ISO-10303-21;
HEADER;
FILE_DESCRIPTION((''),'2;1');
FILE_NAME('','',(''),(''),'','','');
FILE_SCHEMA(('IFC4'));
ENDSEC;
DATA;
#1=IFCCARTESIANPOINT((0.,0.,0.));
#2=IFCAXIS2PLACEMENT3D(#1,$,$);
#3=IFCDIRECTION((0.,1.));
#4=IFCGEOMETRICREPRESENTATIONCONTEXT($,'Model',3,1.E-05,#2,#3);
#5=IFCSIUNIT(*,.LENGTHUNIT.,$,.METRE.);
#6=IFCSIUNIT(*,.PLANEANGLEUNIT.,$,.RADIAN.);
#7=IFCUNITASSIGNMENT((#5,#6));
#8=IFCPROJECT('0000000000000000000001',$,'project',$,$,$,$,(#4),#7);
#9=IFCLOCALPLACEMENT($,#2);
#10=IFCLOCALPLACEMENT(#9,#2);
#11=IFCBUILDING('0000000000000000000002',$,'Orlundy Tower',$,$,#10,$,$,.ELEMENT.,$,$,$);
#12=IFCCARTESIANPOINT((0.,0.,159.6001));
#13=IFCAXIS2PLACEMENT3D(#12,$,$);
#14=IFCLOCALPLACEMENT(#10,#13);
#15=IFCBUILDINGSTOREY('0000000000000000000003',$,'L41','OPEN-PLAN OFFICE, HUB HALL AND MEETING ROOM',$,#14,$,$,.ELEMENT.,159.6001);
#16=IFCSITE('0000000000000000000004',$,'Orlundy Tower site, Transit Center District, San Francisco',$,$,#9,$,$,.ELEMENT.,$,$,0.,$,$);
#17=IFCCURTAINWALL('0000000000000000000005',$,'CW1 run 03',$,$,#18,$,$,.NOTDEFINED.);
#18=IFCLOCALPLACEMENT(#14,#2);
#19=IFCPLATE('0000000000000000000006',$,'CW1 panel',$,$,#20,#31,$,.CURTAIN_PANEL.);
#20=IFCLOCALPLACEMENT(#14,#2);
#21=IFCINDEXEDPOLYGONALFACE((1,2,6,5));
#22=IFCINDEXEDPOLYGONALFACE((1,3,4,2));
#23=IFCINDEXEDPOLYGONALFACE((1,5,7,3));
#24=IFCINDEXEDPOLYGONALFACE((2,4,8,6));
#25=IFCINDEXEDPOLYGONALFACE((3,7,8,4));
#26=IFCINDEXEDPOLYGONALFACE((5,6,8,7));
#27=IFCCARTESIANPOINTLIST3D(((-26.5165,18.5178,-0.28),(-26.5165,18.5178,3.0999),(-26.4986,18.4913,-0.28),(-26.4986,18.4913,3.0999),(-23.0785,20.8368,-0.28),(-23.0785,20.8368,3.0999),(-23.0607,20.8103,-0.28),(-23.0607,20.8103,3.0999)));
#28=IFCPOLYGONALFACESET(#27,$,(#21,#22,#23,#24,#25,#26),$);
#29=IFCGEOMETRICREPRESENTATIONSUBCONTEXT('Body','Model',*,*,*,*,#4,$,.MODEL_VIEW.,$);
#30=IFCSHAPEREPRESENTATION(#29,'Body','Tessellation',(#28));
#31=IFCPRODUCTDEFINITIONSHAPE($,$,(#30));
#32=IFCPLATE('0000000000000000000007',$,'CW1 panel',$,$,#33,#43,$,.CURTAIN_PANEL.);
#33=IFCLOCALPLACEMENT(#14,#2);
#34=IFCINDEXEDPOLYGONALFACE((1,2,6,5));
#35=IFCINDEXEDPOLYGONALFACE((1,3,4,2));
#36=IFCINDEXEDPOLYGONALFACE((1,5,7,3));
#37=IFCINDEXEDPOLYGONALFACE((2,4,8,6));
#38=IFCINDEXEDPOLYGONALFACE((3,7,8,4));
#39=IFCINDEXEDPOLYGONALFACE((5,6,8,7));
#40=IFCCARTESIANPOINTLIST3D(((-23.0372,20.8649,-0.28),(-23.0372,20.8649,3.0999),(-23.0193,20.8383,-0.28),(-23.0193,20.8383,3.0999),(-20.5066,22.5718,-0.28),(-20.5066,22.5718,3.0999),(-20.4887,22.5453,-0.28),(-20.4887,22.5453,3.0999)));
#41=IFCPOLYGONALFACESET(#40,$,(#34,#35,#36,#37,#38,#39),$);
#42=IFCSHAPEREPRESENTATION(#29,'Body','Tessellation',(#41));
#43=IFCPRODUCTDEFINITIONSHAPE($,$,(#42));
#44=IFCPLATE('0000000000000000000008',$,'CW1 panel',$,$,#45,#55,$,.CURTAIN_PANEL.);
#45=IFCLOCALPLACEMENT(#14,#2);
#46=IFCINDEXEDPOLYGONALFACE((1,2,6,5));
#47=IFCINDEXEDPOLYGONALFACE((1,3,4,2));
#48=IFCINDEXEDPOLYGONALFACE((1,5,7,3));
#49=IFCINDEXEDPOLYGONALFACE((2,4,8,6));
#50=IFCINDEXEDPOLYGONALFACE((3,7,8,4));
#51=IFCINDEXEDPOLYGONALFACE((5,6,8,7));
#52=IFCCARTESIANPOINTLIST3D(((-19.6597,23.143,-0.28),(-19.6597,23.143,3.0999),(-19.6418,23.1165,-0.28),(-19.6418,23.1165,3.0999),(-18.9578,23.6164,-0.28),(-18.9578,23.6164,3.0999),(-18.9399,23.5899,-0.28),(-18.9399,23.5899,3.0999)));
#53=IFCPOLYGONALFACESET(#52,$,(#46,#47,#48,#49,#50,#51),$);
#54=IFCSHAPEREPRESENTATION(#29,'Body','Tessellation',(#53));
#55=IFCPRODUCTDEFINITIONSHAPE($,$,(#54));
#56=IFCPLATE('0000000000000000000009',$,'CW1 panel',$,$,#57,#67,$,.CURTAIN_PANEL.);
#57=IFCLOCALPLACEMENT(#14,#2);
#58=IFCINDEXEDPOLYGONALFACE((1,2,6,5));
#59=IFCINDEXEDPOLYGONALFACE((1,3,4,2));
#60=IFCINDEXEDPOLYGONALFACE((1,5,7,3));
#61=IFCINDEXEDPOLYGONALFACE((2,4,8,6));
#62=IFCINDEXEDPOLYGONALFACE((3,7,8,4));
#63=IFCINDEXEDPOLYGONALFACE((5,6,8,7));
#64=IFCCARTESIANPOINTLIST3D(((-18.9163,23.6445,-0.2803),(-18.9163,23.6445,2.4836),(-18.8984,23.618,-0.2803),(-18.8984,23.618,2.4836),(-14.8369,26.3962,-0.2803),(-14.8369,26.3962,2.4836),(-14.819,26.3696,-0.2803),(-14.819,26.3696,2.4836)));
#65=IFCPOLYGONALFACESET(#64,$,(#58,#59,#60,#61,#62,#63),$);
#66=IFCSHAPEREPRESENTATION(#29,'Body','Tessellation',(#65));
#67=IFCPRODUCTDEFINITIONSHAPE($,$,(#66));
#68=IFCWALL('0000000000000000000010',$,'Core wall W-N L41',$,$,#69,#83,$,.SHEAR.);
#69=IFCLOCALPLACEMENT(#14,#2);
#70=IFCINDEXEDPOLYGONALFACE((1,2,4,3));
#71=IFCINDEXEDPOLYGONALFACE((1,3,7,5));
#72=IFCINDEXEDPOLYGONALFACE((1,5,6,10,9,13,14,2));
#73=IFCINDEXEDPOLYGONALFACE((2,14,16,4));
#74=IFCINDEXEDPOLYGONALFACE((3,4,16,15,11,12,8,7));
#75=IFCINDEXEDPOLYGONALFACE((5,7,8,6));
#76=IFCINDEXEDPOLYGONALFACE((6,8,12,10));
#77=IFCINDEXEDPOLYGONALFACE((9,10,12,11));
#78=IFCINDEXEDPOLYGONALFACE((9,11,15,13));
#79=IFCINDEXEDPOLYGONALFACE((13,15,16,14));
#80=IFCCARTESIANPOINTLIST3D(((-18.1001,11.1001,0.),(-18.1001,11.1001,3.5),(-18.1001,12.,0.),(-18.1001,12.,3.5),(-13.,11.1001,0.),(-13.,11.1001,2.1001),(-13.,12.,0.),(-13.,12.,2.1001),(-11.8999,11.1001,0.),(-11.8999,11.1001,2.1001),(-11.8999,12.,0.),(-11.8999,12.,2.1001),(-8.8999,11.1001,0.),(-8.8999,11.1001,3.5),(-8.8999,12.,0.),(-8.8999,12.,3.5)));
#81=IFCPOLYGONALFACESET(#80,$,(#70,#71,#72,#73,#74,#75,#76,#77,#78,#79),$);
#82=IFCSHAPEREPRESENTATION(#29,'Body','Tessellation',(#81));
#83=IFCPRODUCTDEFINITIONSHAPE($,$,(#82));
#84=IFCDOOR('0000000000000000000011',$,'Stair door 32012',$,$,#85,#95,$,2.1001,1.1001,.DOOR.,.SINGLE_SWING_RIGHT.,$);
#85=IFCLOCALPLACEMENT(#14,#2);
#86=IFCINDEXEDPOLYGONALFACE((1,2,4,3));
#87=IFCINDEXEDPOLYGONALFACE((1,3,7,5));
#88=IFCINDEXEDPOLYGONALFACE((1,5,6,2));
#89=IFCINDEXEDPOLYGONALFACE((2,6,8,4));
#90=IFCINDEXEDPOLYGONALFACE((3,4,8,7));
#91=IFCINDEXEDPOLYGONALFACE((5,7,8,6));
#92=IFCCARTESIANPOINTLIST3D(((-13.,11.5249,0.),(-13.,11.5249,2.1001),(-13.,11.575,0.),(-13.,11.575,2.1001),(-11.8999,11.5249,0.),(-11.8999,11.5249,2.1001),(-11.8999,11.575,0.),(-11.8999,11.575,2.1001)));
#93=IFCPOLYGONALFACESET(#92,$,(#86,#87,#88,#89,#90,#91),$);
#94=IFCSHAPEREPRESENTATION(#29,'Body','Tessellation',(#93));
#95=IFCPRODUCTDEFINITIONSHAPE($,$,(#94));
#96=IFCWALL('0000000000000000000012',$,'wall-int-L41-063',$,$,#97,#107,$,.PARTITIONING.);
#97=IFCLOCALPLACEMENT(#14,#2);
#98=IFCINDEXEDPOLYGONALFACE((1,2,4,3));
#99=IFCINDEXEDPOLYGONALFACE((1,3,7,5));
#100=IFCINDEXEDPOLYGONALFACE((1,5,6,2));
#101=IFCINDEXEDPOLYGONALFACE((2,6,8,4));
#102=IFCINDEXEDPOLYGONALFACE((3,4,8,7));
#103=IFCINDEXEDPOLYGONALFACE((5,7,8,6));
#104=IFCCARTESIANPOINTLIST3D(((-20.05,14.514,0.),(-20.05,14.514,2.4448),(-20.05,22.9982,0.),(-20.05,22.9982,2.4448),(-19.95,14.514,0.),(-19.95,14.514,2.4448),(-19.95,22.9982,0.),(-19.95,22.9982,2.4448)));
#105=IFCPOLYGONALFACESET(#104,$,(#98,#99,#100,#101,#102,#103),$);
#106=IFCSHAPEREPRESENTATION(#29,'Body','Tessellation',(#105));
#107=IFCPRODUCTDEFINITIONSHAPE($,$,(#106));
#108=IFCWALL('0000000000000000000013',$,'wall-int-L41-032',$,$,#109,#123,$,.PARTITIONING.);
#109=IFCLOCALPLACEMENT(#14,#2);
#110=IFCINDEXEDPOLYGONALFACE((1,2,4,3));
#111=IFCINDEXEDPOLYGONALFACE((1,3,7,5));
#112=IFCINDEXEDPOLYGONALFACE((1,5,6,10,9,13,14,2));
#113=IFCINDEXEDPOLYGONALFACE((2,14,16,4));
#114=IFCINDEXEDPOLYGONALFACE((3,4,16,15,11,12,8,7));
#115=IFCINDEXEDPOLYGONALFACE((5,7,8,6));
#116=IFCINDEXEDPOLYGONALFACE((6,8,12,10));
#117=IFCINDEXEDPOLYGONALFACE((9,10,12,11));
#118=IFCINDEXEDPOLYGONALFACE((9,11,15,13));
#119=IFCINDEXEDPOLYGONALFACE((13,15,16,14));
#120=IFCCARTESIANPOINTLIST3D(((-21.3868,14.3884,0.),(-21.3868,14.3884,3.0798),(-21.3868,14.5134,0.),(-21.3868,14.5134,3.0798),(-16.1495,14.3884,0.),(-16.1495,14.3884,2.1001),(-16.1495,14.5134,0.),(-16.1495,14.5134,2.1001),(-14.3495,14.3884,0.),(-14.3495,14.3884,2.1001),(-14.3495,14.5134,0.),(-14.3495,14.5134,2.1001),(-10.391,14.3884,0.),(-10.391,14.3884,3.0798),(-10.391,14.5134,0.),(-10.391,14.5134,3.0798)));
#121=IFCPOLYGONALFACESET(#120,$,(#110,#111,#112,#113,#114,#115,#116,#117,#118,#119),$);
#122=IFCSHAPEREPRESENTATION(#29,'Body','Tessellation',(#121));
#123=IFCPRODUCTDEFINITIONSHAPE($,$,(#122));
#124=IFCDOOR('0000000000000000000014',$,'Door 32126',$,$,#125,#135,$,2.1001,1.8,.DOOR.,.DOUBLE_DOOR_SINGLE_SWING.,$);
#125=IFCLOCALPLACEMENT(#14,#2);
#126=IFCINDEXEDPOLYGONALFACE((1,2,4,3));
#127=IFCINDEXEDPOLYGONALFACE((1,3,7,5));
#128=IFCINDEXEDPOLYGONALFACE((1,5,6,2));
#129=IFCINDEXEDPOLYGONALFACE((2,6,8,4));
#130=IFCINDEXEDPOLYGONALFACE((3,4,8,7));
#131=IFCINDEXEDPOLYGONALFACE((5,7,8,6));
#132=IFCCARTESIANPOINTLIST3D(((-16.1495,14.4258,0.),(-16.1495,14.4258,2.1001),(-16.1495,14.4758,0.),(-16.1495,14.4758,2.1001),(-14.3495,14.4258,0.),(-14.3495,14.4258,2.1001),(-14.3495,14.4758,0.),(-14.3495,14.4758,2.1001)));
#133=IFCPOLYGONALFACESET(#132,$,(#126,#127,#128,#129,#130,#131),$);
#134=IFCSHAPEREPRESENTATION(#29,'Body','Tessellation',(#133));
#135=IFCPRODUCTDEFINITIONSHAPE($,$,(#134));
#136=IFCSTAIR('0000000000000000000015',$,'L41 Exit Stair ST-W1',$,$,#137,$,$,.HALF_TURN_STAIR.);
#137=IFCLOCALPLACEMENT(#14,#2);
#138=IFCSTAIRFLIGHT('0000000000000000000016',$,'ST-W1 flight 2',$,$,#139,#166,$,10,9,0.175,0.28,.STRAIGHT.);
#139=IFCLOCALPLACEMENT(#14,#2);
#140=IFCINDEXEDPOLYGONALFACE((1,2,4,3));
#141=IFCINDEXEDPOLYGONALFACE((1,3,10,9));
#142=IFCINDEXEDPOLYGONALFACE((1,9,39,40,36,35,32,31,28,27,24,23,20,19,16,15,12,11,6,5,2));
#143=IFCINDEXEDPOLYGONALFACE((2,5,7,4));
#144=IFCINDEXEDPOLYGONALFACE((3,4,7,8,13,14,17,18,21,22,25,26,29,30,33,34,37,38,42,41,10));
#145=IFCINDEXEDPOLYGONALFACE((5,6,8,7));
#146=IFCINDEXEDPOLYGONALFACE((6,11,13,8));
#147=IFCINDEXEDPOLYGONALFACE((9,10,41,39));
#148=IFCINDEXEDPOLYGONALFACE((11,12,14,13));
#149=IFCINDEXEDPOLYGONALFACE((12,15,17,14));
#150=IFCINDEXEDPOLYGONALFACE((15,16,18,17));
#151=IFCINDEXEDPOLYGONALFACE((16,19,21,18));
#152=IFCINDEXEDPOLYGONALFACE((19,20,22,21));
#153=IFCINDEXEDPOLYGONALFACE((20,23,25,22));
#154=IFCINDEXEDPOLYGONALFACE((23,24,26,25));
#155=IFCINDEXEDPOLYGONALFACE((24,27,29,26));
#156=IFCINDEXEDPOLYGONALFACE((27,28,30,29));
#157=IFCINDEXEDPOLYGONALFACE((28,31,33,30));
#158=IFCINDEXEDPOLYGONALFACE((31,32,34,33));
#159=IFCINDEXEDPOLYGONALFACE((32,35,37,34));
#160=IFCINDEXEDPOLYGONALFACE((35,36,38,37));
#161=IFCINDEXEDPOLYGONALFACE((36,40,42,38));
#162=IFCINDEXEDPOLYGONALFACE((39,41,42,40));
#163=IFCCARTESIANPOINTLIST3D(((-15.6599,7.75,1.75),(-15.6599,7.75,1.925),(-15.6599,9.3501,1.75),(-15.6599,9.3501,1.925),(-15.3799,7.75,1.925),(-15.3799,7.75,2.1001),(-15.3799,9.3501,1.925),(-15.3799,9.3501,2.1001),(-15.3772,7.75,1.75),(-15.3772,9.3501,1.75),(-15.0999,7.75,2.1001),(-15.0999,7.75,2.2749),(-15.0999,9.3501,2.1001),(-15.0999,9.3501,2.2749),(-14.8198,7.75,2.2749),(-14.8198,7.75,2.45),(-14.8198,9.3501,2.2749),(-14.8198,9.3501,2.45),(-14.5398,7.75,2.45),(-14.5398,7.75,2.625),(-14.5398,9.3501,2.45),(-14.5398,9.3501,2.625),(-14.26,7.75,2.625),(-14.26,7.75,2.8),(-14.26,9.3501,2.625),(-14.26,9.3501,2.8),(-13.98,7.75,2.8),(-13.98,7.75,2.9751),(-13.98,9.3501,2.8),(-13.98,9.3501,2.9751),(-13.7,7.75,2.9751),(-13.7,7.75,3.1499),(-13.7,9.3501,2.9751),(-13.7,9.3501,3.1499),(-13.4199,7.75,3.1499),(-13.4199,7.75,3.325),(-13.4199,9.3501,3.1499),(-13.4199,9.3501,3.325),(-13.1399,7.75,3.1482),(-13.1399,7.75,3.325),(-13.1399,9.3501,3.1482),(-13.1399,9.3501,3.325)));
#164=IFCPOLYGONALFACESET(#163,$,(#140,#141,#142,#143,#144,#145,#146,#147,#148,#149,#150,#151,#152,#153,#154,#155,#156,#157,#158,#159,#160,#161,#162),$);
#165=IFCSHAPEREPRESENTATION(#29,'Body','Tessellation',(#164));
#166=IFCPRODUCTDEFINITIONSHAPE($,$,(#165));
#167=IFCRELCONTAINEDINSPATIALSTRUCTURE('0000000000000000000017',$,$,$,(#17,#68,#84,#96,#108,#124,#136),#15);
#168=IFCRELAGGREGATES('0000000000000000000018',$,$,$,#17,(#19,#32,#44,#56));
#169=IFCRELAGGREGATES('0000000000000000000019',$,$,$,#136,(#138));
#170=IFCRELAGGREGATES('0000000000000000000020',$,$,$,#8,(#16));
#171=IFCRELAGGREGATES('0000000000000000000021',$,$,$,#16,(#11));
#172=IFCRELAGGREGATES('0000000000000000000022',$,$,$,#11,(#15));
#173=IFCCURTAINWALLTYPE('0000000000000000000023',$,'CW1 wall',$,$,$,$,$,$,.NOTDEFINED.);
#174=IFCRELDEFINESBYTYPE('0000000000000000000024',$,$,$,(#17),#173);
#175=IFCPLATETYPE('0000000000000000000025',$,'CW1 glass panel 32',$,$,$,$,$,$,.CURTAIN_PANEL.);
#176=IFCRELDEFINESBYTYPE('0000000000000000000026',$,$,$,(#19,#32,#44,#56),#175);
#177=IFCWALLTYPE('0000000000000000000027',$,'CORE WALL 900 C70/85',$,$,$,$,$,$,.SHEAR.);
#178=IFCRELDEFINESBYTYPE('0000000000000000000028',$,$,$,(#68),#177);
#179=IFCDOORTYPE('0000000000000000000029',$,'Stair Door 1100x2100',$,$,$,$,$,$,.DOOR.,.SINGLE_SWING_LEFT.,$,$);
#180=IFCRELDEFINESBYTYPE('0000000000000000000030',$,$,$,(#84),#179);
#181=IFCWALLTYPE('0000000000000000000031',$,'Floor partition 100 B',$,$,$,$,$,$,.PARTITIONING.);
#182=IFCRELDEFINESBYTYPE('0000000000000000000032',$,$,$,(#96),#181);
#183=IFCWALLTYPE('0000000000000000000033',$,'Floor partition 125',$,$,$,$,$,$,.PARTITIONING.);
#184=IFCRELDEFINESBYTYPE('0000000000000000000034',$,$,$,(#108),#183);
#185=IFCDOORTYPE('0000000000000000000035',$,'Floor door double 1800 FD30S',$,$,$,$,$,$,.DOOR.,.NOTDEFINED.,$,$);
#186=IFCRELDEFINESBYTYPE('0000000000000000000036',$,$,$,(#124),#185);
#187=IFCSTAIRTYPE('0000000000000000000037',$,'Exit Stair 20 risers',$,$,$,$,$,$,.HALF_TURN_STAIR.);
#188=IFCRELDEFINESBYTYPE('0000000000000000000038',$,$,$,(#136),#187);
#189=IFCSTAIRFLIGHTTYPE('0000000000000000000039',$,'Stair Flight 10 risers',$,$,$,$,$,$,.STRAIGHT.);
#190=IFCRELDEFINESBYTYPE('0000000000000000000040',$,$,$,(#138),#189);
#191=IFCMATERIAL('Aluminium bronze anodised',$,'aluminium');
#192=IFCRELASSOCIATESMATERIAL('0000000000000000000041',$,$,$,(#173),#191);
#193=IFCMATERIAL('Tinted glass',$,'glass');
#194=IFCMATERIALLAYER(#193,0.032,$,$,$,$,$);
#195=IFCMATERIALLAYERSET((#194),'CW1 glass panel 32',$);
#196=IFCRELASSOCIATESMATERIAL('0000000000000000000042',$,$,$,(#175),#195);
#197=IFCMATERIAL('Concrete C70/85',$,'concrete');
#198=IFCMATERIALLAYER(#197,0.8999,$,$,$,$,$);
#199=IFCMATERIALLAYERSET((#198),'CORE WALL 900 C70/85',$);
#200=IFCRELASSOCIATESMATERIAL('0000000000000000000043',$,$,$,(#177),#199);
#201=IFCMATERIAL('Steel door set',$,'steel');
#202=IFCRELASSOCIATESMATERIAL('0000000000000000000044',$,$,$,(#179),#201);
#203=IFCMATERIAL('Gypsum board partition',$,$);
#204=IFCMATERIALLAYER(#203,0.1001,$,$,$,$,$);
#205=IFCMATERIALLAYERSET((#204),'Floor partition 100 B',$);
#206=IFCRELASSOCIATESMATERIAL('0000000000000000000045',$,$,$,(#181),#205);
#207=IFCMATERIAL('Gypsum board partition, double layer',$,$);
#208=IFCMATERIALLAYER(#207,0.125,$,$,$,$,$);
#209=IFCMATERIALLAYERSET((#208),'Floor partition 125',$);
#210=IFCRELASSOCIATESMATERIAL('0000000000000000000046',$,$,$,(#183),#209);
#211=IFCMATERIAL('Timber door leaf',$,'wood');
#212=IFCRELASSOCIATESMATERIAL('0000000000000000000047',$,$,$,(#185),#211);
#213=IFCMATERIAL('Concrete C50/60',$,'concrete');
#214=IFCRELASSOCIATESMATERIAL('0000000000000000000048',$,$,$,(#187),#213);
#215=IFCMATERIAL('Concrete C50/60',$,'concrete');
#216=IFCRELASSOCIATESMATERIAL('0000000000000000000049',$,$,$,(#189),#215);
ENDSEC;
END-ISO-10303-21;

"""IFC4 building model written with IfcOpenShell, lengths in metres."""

from ifc_helpers import new_model, si_unit, direction, frame, frame_2d, origin, origin_2d, place, context, subcontext, project, spatial, polyline, rectangle, outline, extrude, material, layer, layer_set, type_object, element, fill, aggregate, save


model = new_model("IFC4")

# Units and contexts
model_context = context("Model", 3, precision=1e-05, world=origin(), true_north=direction((0.0, 1.0)))
body_context = subcontext(model_context, "Body", "Model", "MODEL_VIEW")
ifc_project = project(units=[si_unit("LENGTHUNIT", "METRE"), si_unit("PLANEANGLEUNIT", "RADIAN")], contexts=[model_context])

# Site, building, storey
site_placement = place(None, origin())
site = spatial("IfcSite", under=ifc_project, at=site_placement, Name="Orlundy Tower site, Transit Center District, San Francisco", CompositionType="ELEMENT", RefElevation=0.0)
building_placement = place(site_placement, origin())
building = spatial("IfcBuilding", under=site, at=building_placement, Name="Orlundy Tower", CompositionType="ELEMENT")
storey_placement = place(building_placement, frame((0.0, 0.0, 159.6001)))
storey = spatial("IfcBuildingStorey", under=building, at=storey_placement, Name="L41", Description="OPEN-PLAN OFFICE, HUB HALL AND MEETING ROOM", CompositionType="ELEMENT", Elevation=159.6001)

# Curtain wall
ifc_material_1 = material(Name="Aluminium bronze anodised", Category="aluminium")
curtain_wall_type = type_object("IfcCurtainWallType", Name="CW1 wall", PredefinedType="NOTDEFINED", material=ifc_material_1)
curtain_wall_1_placement = place(storey_placement, origin())
curtain_wall_1 = element("IfcCurtainWall", 1, at=curtain_wall_1_placement, inside=storey, type_object=curtain_wall_type, Name="CW1 run 03", PredefinedType="NOTDEFINED")

# Plates
ifc_material_2 = material(Name="Tinted glass", Category="glass")
ifc_layer_1 = layer(ifc_material_2, 0.032)
ifc_layer_set_1 = layer_set([ifc_layer_1], Name="CW1 glass panel 32")
plate_type = type_object("IfcPlateType", Name="CW1 glass panel 32", PredefinedType="CURTAIN_PANEL", material=ifc_layer_set_1)
plate_1_placement = place(storey_placement, frame((-24.7886, 19.6641, -0.28), z_axis=(0.0, 0.0, 1.0), x_axis=(0.82903, 0.559205, 0.0)))
plate_1 = element("IfcPlate", 2, at=plate_1_placement, type_object=plate_type, Name="CW1 panel", PredefinedType="CURTAIN_PANEL", context=body_context, shape_type="SweptSolid", body=[
    extrude(rectangle(XDim=4.147, YDim=0.032, at=origin_2d()), origin(), (0.0, 0.0, 1.0), 3.3799),
])
plate_2_placement = place(storey_placement, frame((-21.7629, 21.7051, -0.28), z_axis=(0.0, 0.0, 1.0), x_axis=(0.82903, 0.559205, 0.0)))
plate_2 = element("IfcPlate", 3, at=plate_2_placement, type_object=plate_type, Name="CW1 panel", PredefinedType="CURTAIN_PANEL", context=body_context, shape_type="SweptSolid", body=[
    extrude(rectangle(XDim=3.0525, YDim=0.032, at=origin_2d()), origin(), (0.0, 0.0, 1.0), 3.3799),
])
plate_3_placement = place(storey_placement, frame((-19.2998, 23.3665, -0.28), z_axis=(0.0, 0.0, 1.0), x_axis=(0.82903, 0.559205, 0.0)))
plate_3 = element("IfcPlate", 4, at=plate_3_placement, type_object=plate_type, Name="CW1 panel", PredefinedType="CURTAIN_PANEL", context=body_context, shape_type="SweptSolid", body=[
    extrude(rectangle(XDim=0.8467, YDim=0.032, at=origin_2d()), origin(), (0.0, 0.0, 1.0), 3.3799),
])
plate_4_placement = place(storey_placement, frame((-16.8677, 25.0071, -0.2803), z_axis=(0.0, 0.0, 1.0), x_axis=(0.82903, 0.559205, 0.0)))
plate_4 = element("IfcPlate", 5, at=plate_4_placement, type_object=plate_type, Name="CW1 panel", PredefinedType="CURTAIN_PANEL", context=body_context, shape_type="SweptSolid", body=[
    extrude(rectangle(XDim=4.9207, YDim=0.032, at=origin_2d()), origin(), (0.0, 0.0, 1.0), 2.7639),
])
aggregate(curtain_wall_1, [plate_1, plate_2, plate_3, plate_4])

# Wall, opening, door
ifc_material_3 = material(Name="Concrete C70/85", Category="concrete")
ifc_layer_2 = layer(ifc_material_3, 0.8999)
ifc_layer_set_2 = layer_set([ifc_layer_2], Name="CORE WALL 900 C70/85")
wall_type_1 = type_object("IfcWallType", Name="CORE WALL 900 C70/85", PredefinedType="SHEAR", material=ifc_layer_set_2)
wall_1_placement = place(storey_placement, frame((-18.1001, 11.55, 0.0), z_axis=(0.0, 0.0, 1.0), x_axis=(1.0, 0.0, 0.0)))
wall_1 = element("IfcWall", 6, at=wall_1_placement, inside=storey, type_object=wall_type_1, Name="Core wall W-N L41", PredefinedType="SHEAR", context=body_context, shape_type="SweptSolid", body=[
    extrude(rectangle(XDim=9.2002, YDim=0.8999, at=frame_2d((4.6001, 0.0))), origin(), (0.0, 0.0, 1.0), 3.5),
])
opening_1_placement = place(wall_1_placement, frame((5.1001, 0.0, 0.0)))
opening_1 = element("IfcOpeningElement", 7, at=opening_1_placement, cuts=wall_1, PredefinedType="OPENING", context=body_context, shape_type="SweptSolid", body=[
    extrude(rectangle(XDim=1.1001, YDim=2.1001, at=frame_2d((0.55, 1.05))), frame((0.0, 0.46, 0.0), z_axis=(0.0, -1.0, 0.0), x_axis=(1.0, 0.0, 0.0)), (0.0, 0.0, 1.0), 0.9199),
])
ifc_material_4 = material(Name="Steel door set", Category="steel")
door_type_1 = type_object("IfcDoorType", Name="Stair Door 1100x2100", OperationType="SINGLE_SWING_LEFT", PredefinedType="DOOR", material=ifc_material_4)
door_1_placement = place(opening_1_placement, origin())
door_1 = element("IfcDoor", 8, at=door_1_placement, inside=storey, type_object=door_type_1, Name="Stair door 32012", OperationType="SINGLE_SWING_RIGHT", OverallHeight=2.1001, OverallWidth=1.1001, PredefinedType="DOOR", context=body_context, shape_type="SweptSolid", body=[
    extrude(rectangle(XDim=1.1001, YDim=2.1001, at=frame_2d((0.55, 1.05))), frame((0.0, 0.0249, 0.0), z_axis=(0.0, -1.0, 0.0), x_axis=(1.0, 0.0, 0.0)), (0.0, 0.0, 1.0), 0.05),
])
fill(opening_1, door_1)

# Wall
ifc_material_5 = material(Name="Gypsum board partition")
ifc_layer_3 = layer(ifc_material_5, 0.1001)
ifc_layer_set_3 = layer_set([ifc_layer_3], Name="Floor partition 100 B")
wall_type_2 = type_object("IfcWallType", Name="Floor partition 100 B", PredefinedType="PARTITIONING", material=ifc_layer_set_3)
wall_2_placement = place(storey_placement, frame((-20.0, 14.5139, 0.0), z_axis=(0.0, 0.0, 1.0), x_axis=(0.0, 1.0, 0.0)))
element("IfcWall", 9, at=wall_2_placement, inside=storey, type_object=wall_type_2, Name="wall-int-L41-063", PredefinedType="PARTITIONING", context=body_context, shape_type="SweptSolid", body=[
    extrude(rectangle(XDim=8.4841, YDim=0.1001, at=frame_2d((4.2422, 0.0))), origin(), (0.0, 0.0, 1.0), 2.4448),
])

# Wall, opening, door
ifc_material_6 = material(Name="Gypsum board partition, double layer")
ifc_layer_4 = layer(ifc_material_6, 0.125)
ifc_layer_set_4 = layer_set([ifc_layer_4], Name="Floor partition 125")
wall_type_3 = type_object("IfcWallType", Name="Floor partition 125", PredefinedType="PARTITIONING", material=ifc_layer_set_4)
wall_3_placement = place(storey_placement, frame((-21.387, 14.4509, 0.0), z_axis=(0.0, 0.0, 1.0), x_axis=(1.0, 0.0, 0.0)))
wall_3 = element("IfcWall", 10, at=wall_3_placement, inside=storey, type_object=wall_type_3, Name="wall-int-L41-032", PredefinedType="PARTITIONING", context=body_context, shape_type="SweptSolid", body=[
    extrude(rectangle(XDim=10.9958, YDim=0.125, at=frame_2d((5.498, 0.0))), origin(), (0.0, 0.0, 1.0), 3.0798),
])
opening_2_placement = place(wall_3_placement, frame((5.2375, 0.0, 0.0)))
opening_2 = element("IfcOpeningElement", 11, at=opening_2_placement, cuts=wall_3, PredefinedType="OPENING", context=body_context, shape_type="SweptSolid", body=[
    extrude(rectangle(XDim=1.8, YDim=2.1001, at=frame_2d((0.8999, 1.05))), frame((0.0, 0.0725, 0.0), z_axis=(0.0, -1.0, 0.0), x_axis=(1.0, 0.0, 0.0)), (0.0, 0.0, 1.0), 0.145),
])
ifc_material_7 = material(Name="Timber door leaf", Category="wood")
door_type_2 = type_object("IfcDoorType", Name="Floor door double 1800 FD30S", OperationType="NOTDEFINED", PredefinedType="DOOR", material=ifc_material_7)
door_2_placement = place(opening_2_placement, origin())
door_2 = element("IfcDoor", 12, at=door_2_placement, inside=storey, type_object=door_type_2, Name="Door 32126", OperationType="DOUBLE_DOOR_SINGLE_SWING", OverallHeight=2.1001, OverallWidth=1.8, PredefinedType="DOOR", context=body_context, shape_type="SweptSolid", body=[
    extrude(rectangle(XDim=1.8, YDim=2.1001, at=frame_2d((0.8999, 1.05))), frame((0.0, 0.0249, 0.0), z_axis=(0.0, -1.0, 0.0), x_axis=(1.0, 0.0, 0.0)), (0.0, 0.0, 1.0), 0.05),
])
fill(opening_2, door_2)

# Stair, stair flight
ifc_material_8 = material(Name="Concrete C50/60", Category="concrete")
stair_type = type_object("IfcStairType", Name="Exit Stair 20 risers", PredefinedType="HALF_TURN_STAIR", material=ifc_material_8)
stair_placement = place(storey_placement, origin())
stair = element("IfcStair", 13, at=stair_placement, inside=storey, type_object=stair_type, Name="L41 Exit Stair ST-W1", PredefinedType="HALF_TURN_STAIR")
ifc_material_9 = material(Name="Concrete C50/60", Category="concrete")
stair_flight_type = type_object("IfcStairFlightType", Name="Stair Flight 10 risers", PredefinedType="STRAIGHT", material=ifc_material_9)
stair_flight_placement = place(storey_placement, frame((-15.6599, 8.55, 1.75), z_axis=(0.0, 0.0, 1.0), x_axis=(1.0, 0.0, 0.0)))
stair_flight = element("IfcStairFlight", 14, at=stair_flight_placement, type_object=stair_flight_type, Name="ST-W1 flight 2", NumberOfRisers=10, NumberOfTreads=9, PredefinedType="STRAIGHT", RiserHeight=0.175, TreadLength=0.28, context=body_context, shape_type="SweptSolid", body=[
    extrude(outline(polyline([(0.0, 0.0), (0.0, 0.175), (0.28, 0.175), (0.28, 0.3501), (0.5601, 0.3501), (0.5601, 0.5249), (0.8401, 0.5249), (0.8401, 0.7), (1.1201, 0.7), (1.1201, 0.875), (1.3999, 0.875), (1.3999, 1.05), (1.6799, 1.05), (1.6799, 1.2251), (1.96, 1.2251), (1.96, 1.3999), (2.24, 1.3999), (2.24, 1.575), (2.52, 1.575), (2.52, 1.75), (2.52, 1.3982), (0.2827, 0.0), (0.0, 0.0)])), frame((0.0, 0.8, 0.0), z_axis=(0.0, -1.0, 0.0), x_axis=(1.0, 0.0, 0.0)), (0.0, 0.0, 1.0), 1.6001),
])
aggregate(stair, [stair_flight])

save(model, "model.ifc")
